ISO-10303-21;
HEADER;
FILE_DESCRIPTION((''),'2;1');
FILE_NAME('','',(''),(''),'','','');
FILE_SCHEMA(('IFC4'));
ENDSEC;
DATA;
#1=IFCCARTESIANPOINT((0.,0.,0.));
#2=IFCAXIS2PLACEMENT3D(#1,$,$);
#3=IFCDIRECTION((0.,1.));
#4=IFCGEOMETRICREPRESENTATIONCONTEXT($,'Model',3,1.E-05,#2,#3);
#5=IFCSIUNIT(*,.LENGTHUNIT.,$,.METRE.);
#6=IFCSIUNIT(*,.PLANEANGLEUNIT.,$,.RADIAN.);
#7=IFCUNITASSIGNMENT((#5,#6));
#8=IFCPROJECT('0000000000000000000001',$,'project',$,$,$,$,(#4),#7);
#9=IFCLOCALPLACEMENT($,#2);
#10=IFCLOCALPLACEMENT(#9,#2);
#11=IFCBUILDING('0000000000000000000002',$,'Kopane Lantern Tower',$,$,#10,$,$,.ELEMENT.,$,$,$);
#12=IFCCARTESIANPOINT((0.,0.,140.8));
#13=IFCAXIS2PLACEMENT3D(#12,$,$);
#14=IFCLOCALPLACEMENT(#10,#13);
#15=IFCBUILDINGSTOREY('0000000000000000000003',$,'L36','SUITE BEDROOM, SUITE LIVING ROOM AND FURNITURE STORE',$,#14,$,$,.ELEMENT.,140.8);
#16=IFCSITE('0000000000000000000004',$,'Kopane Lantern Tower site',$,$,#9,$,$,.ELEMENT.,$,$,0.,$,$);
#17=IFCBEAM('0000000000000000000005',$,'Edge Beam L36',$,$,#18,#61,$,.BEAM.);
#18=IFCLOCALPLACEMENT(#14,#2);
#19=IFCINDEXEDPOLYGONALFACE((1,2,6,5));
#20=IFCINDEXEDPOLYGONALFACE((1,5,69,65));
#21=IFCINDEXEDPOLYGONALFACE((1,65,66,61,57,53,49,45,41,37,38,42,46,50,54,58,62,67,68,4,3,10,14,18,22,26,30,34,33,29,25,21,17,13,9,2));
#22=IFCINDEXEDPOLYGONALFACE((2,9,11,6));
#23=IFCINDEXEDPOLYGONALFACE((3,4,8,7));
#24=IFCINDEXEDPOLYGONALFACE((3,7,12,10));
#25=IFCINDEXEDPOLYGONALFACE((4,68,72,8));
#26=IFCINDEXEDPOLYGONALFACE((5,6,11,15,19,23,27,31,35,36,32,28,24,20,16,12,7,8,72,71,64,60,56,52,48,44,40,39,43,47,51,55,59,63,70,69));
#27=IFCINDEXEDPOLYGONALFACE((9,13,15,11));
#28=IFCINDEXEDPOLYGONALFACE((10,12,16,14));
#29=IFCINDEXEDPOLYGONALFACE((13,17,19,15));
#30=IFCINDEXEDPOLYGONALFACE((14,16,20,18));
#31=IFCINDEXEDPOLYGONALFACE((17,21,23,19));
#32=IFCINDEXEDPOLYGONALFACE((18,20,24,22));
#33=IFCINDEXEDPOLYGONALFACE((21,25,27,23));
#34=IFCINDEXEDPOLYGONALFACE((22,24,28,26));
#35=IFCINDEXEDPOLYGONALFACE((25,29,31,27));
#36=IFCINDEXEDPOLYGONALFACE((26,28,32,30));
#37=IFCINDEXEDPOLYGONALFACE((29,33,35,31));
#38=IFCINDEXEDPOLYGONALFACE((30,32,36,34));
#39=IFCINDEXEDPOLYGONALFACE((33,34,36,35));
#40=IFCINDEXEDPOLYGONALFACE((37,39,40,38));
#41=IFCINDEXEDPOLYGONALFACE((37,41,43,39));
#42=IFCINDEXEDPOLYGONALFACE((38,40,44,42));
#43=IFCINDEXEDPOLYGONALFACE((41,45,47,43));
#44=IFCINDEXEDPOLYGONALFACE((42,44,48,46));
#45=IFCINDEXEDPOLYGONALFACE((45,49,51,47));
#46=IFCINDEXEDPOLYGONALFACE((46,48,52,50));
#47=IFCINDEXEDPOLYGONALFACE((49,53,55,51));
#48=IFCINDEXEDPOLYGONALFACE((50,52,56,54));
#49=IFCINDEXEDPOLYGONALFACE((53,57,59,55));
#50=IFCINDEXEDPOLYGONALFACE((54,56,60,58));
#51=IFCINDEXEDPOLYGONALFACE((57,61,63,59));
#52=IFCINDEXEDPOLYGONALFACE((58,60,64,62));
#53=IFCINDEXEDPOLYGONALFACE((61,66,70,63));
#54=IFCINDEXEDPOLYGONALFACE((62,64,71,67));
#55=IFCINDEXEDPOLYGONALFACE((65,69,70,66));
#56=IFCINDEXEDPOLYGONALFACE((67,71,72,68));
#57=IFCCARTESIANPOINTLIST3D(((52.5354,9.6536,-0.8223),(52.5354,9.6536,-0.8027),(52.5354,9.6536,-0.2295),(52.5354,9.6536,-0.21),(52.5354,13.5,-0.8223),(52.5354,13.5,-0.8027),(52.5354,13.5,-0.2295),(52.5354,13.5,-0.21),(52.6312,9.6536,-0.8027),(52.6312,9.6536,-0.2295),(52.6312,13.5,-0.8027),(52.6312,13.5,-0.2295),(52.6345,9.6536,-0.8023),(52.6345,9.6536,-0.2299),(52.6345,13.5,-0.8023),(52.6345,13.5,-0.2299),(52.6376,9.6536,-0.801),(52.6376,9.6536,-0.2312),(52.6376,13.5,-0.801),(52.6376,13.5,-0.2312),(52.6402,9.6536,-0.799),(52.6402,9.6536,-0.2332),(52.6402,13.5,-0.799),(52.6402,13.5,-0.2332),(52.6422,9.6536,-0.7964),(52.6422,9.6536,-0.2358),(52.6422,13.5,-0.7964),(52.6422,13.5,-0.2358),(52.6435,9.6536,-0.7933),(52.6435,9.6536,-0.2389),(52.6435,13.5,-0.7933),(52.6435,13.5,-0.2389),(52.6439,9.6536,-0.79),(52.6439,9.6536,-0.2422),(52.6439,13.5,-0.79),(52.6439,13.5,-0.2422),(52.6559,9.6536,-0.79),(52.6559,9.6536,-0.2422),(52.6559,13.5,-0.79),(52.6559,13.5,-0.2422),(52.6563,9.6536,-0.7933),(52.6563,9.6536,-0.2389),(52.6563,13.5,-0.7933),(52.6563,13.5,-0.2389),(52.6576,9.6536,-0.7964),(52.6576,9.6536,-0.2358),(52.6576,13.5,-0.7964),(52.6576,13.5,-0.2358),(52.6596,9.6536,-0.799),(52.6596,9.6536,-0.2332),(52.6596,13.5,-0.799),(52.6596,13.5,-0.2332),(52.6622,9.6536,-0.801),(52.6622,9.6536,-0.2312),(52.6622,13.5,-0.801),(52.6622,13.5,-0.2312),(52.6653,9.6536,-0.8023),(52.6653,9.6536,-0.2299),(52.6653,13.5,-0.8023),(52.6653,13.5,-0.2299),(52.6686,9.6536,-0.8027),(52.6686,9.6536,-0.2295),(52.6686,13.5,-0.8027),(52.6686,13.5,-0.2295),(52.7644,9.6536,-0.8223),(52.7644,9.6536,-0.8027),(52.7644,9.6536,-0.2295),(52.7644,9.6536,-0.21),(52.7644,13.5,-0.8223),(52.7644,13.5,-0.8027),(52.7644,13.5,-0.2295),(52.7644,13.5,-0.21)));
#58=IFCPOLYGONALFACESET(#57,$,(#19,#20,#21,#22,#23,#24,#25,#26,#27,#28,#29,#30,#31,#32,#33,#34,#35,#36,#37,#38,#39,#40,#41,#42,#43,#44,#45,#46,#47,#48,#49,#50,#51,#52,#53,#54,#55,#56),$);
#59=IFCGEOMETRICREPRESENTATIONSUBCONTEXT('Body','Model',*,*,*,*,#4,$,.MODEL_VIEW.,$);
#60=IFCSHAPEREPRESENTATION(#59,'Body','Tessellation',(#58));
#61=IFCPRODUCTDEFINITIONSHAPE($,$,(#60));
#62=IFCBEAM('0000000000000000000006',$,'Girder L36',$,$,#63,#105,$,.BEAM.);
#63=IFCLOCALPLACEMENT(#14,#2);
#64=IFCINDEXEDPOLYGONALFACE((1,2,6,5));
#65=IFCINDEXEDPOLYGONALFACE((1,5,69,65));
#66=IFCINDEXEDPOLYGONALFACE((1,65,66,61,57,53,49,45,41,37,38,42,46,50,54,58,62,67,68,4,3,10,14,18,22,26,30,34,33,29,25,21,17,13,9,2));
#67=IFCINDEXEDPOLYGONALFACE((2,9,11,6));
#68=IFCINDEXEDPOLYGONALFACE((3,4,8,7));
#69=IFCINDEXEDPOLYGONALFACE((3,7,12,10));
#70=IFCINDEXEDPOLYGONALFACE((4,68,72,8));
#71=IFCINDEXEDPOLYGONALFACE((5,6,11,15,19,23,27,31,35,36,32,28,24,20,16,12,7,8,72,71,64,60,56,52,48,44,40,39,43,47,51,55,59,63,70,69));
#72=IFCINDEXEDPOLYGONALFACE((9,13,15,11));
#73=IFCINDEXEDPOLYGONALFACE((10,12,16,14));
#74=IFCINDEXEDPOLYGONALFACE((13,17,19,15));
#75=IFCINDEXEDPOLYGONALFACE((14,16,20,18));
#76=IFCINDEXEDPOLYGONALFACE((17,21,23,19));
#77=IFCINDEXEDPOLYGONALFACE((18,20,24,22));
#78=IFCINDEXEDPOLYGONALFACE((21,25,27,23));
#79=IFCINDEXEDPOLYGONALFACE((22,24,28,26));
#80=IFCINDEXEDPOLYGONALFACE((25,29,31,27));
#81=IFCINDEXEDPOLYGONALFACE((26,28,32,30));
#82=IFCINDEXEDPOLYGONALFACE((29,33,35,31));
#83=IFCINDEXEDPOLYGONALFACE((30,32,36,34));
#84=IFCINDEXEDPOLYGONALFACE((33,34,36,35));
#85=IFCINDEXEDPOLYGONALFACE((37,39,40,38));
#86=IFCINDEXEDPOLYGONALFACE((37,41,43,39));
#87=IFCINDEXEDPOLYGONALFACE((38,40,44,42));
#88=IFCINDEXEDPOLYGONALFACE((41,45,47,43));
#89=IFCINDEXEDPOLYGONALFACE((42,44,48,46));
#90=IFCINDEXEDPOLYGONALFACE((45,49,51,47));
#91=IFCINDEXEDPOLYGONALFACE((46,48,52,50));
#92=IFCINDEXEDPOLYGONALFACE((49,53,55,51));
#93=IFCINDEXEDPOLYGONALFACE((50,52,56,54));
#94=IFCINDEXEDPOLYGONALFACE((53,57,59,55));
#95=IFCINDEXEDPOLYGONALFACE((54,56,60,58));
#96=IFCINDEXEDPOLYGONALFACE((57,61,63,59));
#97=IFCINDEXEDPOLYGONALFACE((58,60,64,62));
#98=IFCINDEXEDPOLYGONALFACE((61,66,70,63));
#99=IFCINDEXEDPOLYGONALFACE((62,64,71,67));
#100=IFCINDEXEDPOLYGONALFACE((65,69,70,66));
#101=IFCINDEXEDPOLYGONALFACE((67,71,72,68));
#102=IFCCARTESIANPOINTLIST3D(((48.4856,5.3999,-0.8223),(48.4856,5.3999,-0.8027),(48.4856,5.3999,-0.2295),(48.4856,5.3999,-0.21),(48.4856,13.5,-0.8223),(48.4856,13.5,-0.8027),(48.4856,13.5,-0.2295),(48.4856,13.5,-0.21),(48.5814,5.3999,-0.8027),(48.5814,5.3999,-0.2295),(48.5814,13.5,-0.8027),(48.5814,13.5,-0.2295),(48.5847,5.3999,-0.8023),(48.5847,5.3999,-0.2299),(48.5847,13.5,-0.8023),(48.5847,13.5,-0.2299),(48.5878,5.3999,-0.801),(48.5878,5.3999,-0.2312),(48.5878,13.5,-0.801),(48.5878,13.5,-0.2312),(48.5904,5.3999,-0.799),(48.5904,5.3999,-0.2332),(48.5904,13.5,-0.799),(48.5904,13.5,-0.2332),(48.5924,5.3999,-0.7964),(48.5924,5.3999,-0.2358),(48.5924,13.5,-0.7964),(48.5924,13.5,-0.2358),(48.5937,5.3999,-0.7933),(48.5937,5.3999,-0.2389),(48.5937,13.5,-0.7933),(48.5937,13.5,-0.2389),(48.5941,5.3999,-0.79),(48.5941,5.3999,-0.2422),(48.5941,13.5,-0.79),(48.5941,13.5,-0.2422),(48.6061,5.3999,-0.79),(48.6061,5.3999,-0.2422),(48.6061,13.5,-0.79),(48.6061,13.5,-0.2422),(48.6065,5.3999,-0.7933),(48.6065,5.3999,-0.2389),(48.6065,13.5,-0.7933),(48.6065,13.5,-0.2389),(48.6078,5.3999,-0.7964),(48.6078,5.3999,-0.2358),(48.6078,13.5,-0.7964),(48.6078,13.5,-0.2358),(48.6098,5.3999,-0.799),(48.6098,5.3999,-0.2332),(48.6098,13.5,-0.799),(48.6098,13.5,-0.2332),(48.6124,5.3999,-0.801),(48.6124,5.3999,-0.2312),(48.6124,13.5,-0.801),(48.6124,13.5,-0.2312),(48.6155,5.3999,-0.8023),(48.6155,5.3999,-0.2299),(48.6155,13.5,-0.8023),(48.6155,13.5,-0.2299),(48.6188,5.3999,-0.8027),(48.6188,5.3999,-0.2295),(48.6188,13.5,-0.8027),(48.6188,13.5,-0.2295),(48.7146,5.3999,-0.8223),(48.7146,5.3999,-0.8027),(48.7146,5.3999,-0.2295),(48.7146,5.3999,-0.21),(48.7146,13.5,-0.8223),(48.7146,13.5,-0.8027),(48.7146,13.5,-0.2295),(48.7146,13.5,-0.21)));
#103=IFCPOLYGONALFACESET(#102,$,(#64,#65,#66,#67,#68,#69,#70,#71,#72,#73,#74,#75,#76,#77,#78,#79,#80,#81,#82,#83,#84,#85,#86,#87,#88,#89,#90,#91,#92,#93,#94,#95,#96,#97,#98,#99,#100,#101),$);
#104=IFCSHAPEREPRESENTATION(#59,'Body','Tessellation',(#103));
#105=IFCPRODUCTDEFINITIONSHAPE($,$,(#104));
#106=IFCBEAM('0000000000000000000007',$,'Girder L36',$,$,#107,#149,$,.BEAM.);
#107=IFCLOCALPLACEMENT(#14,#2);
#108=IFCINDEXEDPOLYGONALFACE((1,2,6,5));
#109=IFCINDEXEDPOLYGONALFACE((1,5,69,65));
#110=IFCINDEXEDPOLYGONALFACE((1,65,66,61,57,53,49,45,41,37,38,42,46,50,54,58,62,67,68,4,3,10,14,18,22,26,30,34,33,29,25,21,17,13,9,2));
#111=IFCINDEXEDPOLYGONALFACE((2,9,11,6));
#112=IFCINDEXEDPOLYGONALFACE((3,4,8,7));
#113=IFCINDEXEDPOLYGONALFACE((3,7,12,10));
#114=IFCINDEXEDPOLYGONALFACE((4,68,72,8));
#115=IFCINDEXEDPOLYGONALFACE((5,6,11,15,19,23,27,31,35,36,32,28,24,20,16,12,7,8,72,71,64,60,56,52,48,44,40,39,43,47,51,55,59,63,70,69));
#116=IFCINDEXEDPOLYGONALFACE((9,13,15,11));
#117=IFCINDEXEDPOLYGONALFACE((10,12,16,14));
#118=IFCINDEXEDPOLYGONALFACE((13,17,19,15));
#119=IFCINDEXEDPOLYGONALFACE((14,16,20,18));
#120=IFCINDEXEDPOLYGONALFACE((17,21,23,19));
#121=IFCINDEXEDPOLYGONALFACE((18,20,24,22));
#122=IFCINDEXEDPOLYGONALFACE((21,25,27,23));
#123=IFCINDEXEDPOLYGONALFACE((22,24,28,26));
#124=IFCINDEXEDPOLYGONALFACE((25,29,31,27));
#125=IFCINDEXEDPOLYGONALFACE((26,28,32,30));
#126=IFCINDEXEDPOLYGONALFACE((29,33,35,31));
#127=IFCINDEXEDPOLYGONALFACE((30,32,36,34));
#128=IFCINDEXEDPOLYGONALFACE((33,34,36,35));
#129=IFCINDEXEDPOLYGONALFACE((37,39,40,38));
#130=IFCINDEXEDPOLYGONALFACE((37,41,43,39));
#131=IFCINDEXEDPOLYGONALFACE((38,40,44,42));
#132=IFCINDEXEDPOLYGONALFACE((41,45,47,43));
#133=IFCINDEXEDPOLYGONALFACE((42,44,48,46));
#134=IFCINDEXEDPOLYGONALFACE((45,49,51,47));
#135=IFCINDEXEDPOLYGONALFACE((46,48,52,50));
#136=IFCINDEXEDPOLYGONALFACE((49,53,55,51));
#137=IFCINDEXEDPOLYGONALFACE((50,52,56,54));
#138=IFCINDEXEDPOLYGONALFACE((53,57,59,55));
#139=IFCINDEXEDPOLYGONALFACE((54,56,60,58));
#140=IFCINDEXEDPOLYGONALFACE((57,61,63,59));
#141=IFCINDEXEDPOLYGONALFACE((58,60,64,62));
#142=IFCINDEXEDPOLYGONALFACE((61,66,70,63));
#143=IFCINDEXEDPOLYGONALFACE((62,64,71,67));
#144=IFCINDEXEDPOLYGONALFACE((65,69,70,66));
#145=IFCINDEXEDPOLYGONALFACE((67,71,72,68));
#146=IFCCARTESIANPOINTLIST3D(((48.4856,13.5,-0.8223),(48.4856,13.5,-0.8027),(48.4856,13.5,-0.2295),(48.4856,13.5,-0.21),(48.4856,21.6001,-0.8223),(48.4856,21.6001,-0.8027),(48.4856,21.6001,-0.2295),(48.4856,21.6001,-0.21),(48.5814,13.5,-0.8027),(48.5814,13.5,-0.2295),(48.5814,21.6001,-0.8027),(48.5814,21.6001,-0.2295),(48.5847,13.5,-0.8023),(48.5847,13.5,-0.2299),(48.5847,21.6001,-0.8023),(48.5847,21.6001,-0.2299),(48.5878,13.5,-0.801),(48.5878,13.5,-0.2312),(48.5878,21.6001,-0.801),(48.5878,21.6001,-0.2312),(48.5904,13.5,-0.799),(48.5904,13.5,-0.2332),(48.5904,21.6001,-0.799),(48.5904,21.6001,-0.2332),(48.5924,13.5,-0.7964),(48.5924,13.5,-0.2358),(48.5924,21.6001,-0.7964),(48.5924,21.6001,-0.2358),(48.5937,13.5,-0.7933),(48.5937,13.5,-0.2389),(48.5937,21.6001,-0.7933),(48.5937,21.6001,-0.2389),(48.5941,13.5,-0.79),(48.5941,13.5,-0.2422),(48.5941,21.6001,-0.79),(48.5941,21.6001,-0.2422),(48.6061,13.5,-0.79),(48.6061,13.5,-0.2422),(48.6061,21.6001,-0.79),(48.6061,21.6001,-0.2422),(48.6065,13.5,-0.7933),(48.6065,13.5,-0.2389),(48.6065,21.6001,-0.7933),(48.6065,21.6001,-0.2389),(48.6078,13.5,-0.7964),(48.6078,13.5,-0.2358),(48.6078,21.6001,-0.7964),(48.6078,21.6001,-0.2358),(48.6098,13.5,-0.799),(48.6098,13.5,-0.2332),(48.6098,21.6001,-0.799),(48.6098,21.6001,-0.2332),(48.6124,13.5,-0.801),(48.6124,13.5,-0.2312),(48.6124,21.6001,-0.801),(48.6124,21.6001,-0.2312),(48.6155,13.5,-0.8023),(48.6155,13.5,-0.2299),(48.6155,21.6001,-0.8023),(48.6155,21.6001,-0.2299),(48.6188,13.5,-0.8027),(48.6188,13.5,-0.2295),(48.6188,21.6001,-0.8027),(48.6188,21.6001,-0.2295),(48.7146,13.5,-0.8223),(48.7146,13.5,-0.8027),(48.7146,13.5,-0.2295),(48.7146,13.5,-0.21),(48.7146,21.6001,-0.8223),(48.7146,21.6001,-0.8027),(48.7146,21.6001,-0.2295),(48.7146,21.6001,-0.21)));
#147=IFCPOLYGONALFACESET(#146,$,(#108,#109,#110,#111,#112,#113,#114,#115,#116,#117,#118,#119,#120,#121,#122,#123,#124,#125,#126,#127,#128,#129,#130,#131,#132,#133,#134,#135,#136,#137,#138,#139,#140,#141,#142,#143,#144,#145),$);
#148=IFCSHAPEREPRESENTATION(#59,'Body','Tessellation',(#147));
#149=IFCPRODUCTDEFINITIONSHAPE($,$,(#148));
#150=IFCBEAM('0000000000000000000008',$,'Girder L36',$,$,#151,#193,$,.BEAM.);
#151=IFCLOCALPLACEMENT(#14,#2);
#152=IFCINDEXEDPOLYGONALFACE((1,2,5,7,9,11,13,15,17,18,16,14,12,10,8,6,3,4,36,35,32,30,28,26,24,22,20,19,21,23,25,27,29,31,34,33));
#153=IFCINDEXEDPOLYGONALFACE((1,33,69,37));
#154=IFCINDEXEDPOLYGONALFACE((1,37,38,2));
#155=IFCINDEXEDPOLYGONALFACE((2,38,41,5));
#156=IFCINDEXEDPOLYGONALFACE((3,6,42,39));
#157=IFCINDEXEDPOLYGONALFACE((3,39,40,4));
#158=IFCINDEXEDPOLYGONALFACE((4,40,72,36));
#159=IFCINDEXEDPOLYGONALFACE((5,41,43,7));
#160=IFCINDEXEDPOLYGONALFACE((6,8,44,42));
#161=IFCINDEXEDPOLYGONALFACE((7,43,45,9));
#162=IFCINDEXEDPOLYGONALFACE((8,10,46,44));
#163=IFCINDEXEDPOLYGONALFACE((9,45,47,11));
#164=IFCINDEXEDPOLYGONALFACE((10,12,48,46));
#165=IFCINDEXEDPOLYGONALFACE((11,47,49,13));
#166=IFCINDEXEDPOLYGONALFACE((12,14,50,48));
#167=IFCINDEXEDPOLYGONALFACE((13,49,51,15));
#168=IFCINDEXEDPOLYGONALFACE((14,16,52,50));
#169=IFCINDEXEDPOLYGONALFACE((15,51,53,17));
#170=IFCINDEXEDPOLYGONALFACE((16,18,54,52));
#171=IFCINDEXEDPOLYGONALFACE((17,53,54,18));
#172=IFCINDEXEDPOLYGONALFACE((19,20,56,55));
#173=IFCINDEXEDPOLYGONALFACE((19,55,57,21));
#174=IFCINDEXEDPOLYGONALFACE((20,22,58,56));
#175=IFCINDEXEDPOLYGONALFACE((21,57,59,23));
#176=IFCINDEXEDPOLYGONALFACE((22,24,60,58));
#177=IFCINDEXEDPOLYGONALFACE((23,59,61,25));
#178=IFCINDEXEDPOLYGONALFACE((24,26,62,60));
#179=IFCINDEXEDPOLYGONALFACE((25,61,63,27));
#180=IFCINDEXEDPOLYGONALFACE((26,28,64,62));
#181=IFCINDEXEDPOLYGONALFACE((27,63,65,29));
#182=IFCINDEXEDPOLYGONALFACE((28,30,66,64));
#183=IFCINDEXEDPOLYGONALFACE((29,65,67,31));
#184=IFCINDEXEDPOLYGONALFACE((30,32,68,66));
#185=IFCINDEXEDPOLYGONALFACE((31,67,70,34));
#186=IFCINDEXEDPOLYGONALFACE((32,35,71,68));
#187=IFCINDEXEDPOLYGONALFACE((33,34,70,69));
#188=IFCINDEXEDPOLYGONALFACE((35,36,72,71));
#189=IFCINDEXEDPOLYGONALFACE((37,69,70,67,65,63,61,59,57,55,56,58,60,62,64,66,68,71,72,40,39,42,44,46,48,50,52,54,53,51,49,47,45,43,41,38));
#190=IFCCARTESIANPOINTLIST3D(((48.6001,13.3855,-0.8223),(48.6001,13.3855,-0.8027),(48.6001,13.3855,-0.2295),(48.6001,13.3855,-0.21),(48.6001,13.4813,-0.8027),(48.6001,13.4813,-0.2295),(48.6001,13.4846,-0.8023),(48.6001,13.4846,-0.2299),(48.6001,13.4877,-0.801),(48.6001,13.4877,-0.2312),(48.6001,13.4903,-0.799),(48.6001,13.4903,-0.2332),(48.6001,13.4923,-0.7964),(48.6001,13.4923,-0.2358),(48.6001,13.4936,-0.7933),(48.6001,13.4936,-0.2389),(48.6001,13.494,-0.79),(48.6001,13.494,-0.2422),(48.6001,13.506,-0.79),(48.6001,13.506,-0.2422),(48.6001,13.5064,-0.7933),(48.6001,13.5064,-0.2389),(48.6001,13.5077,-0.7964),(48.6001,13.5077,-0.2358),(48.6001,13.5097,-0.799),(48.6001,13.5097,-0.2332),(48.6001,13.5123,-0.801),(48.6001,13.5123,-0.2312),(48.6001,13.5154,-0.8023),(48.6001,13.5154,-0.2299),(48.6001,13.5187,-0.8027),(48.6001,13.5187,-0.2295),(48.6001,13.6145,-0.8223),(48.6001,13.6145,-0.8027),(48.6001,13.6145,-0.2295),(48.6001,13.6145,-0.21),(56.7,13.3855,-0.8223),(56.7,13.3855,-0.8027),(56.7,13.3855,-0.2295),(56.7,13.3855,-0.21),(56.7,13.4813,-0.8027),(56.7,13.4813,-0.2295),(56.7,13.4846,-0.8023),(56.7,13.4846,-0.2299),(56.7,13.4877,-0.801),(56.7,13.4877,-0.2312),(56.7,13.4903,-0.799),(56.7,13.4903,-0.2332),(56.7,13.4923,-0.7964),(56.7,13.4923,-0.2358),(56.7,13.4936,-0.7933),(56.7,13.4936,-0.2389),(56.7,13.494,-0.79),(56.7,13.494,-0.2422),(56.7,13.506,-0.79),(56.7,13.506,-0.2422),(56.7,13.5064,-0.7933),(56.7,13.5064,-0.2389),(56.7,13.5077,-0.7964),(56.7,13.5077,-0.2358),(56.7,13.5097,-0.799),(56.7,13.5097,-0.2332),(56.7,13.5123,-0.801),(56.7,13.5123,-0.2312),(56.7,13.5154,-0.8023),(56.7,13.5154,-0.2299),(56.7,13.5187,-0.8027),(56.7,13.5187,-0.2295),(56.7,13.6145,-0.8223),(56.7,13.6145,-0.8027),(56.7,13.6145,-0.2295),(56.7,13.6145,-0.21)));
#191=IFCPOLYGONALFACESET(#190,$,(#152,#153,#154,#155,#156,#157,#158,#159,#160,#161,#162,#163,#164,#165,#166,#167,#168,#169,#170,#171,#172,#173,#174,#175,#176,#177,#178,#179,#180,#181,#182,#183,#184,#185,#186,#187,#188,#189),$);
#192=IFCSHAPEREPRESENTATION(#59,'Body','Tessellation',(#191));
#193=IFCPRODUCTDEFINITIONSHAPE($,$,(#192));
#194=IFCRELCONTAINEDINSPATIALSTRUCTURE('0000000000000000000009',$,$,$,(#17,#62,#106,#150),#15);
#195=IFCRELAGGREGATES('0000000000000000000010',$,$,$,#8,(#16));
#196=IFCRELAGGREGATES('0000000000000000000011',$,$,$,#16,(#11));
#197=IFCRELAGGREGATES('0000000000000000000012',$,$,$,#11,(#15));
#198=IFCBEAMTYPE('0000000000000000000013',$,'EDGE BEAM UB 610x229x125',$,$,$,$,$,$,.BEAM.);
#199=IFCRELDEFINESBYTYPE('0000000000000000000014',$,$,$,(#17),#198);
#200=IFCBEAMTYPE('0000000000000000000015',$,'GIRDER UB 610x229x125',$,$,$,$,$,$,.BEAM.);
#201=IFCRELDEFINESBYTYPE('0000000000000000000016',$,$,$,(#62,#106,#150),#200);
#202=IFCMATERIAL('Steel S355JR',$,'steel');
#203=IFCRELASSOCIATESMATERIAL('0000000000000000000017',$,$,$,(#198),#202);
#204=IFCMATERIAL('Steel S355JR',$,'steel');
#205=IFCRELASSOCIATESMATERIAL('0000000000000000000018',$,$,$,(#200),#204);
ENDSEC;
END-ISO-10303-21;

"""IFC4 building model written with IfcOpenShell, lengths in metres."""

from ifc_helpers import new_model, si_unit, direction, frame, origin, origin_2d, place, context, subcontext, project, spatial, i_section, extrude, material, material_profile, profile_set, type_object, element, save


model = new_model("IFC4")

# Units and contexts
model_context = context("Model", 3, precision=1e-05, world=origin(), true_north=direction((0.0, 1.0)))
body_context = subcontext(model_context, "Body", "Model", "MODEL_VIEW")
ifc_project = project(units=[si_unit("LENGTHUNIT", "METRE"), si_unit("PLANEANGLEUNIT", "RADIAN")], contexts=[model_context])

# Site, building, storey
site_placement = place(None, origin())
site = spatial("IfcSite", under=ifc_project, at=site_placement, Name="Kopane Lantern Tower site", CompositionType="ELEMENT", RefElevation=0.0)
building_placement = place(site_placement, origin())
building = spatial("IfcBuilding", under=site, at=building_placement, Name="Kopane Lantern Tower", CompositionType="ELEMENT")
storey_placement = place(building_placement, frame((0.0, 0.0, 140.8)))
storey = spatial("IfcBuildingStorey", under=building, at=storey_placement, Name="L36", Description="SUITE BEDROOM, SUITE LIVING ROOM AND FURNITURE STORE", CompositionType="ELEMENT", Elevation=140.8)

# Beams
ifc_material_1 = material(Name="Steel S355JR", Category="steel")
ifc_material_profile_1 = material_profile(ifc_material_1, i_section(OverallWidth=0.229, OverallDepth=0.6123, WebThickness=0.012, FlangeThickness=0.0195, FilletRadius=0.0127, at=origin_2d()), Name="UB 610x229x125")
ifc_profile_set_1 = profile_set([ifc_material_profile_1], Name="Steel S355JR")
beam_type_1 = type_object("IfcBeamType", Name="EDGE BEAM UB 610x229x125", PredefinedType="BEAM", material=ifc_profile_set_1)
for number, where, z_axis, x_axis, name in (
    (1, (52.6499, 9.6536, -0.5161), (0.0, 1.0, 0.0), (-1.0, 0.0, 0.0), "Edge Beam L36"),
):
    element("IfcBeam", number, at=place(storey_placement, frame(where, z_axis=z_axis, x_axis=x_axis)), inside=storey, type_object=beam_type_1, Name=name, PredefinedType="BEAM", context=body_context, shape_type="SweptSolid", body=[
        extrude(i_section(OverallWidth=0.229, OverallDepth=0.6123, WebThickness=0.012, FlangeThickness=0.0195, FilletRadius=0.0127, at=origin_2d()), origin(), (0.0, 0.0, 1.0), 3.8464),
    ])
ifc_material_2 = material(Name="Steel S355JR", Category="steel")
ifc_material_profile_2 = material_profile(ifc_material_2, i_section(OverallWidth=0.229, OverallDepth=0.6123, WebThickness=0.012, FlangeThickness=0.0195, FilletRadius=0.0127, at=origin_2d()), Name="UB 610x229x125")
ifc_profile_set_2 = profile_set([ifc_material_profile_2], Name="Steel S355JR")
beam_type_2 = type_object("IfcBeamType", Name="GIRDER UB 610x229x125", PredefinedType="BEAM", material=ifc_profile_set_2)
for number, where, z_axis, x_axis, name in (
    (2, (48.6001, 5.3999, -0.5161), (0.0, 1.0, 0.0), (-1.0, 0.0, 0.0), "Girder L36"),
    (3, (48.6001, 13.5, -0.5161), (0.0, 1.0, 0.0), (-1.0, 0.0, 0.0), "Girder L36"),
):
    element("IfcBeam", number, at=place(storey_placement, frame(where, z_axis=z_axis, x_axis=x_axis)), inside=storey, type_object=beam_type_2, Name=name, PredefinedType="BEAM", context=body_context, shape_type="SweptSolid", body=[
        extrude(i_section(OverallWidth=0.229, OverallDepth=0.6123, WebThickness=0.012, FlangeThickness=0.0195, FilletRadius=0.0127, at=origin_2d()), origin(), (0.0, 0.0, 1.0), 8.1001),
    ])
beam_1_placement = place(storey_placement, frame((48.6001, 13.5, -0.5161), z_axis=(1.0, 0.0, 0.0), x_axis=(0.0, 1.0, 0.0)))
element("IfcBeam", 4, at=beam_1_placement, inside=storey, type_object=beam_type_2, Name="Girder L36", PredefinedType="BEAM", context=body_context, shape_type="SweptSolid", body=[
    extrude(i_section(OverallWidth=0.229, OverallDepth=0.6123, WebThickness=0.012, FlangeThickness=0.0195, FilletRadius=0.0127, at=origin_2d()), origin(), (0.0, 0.0, 1.0), 8.0999),
])

save(model, "model.ifc")
